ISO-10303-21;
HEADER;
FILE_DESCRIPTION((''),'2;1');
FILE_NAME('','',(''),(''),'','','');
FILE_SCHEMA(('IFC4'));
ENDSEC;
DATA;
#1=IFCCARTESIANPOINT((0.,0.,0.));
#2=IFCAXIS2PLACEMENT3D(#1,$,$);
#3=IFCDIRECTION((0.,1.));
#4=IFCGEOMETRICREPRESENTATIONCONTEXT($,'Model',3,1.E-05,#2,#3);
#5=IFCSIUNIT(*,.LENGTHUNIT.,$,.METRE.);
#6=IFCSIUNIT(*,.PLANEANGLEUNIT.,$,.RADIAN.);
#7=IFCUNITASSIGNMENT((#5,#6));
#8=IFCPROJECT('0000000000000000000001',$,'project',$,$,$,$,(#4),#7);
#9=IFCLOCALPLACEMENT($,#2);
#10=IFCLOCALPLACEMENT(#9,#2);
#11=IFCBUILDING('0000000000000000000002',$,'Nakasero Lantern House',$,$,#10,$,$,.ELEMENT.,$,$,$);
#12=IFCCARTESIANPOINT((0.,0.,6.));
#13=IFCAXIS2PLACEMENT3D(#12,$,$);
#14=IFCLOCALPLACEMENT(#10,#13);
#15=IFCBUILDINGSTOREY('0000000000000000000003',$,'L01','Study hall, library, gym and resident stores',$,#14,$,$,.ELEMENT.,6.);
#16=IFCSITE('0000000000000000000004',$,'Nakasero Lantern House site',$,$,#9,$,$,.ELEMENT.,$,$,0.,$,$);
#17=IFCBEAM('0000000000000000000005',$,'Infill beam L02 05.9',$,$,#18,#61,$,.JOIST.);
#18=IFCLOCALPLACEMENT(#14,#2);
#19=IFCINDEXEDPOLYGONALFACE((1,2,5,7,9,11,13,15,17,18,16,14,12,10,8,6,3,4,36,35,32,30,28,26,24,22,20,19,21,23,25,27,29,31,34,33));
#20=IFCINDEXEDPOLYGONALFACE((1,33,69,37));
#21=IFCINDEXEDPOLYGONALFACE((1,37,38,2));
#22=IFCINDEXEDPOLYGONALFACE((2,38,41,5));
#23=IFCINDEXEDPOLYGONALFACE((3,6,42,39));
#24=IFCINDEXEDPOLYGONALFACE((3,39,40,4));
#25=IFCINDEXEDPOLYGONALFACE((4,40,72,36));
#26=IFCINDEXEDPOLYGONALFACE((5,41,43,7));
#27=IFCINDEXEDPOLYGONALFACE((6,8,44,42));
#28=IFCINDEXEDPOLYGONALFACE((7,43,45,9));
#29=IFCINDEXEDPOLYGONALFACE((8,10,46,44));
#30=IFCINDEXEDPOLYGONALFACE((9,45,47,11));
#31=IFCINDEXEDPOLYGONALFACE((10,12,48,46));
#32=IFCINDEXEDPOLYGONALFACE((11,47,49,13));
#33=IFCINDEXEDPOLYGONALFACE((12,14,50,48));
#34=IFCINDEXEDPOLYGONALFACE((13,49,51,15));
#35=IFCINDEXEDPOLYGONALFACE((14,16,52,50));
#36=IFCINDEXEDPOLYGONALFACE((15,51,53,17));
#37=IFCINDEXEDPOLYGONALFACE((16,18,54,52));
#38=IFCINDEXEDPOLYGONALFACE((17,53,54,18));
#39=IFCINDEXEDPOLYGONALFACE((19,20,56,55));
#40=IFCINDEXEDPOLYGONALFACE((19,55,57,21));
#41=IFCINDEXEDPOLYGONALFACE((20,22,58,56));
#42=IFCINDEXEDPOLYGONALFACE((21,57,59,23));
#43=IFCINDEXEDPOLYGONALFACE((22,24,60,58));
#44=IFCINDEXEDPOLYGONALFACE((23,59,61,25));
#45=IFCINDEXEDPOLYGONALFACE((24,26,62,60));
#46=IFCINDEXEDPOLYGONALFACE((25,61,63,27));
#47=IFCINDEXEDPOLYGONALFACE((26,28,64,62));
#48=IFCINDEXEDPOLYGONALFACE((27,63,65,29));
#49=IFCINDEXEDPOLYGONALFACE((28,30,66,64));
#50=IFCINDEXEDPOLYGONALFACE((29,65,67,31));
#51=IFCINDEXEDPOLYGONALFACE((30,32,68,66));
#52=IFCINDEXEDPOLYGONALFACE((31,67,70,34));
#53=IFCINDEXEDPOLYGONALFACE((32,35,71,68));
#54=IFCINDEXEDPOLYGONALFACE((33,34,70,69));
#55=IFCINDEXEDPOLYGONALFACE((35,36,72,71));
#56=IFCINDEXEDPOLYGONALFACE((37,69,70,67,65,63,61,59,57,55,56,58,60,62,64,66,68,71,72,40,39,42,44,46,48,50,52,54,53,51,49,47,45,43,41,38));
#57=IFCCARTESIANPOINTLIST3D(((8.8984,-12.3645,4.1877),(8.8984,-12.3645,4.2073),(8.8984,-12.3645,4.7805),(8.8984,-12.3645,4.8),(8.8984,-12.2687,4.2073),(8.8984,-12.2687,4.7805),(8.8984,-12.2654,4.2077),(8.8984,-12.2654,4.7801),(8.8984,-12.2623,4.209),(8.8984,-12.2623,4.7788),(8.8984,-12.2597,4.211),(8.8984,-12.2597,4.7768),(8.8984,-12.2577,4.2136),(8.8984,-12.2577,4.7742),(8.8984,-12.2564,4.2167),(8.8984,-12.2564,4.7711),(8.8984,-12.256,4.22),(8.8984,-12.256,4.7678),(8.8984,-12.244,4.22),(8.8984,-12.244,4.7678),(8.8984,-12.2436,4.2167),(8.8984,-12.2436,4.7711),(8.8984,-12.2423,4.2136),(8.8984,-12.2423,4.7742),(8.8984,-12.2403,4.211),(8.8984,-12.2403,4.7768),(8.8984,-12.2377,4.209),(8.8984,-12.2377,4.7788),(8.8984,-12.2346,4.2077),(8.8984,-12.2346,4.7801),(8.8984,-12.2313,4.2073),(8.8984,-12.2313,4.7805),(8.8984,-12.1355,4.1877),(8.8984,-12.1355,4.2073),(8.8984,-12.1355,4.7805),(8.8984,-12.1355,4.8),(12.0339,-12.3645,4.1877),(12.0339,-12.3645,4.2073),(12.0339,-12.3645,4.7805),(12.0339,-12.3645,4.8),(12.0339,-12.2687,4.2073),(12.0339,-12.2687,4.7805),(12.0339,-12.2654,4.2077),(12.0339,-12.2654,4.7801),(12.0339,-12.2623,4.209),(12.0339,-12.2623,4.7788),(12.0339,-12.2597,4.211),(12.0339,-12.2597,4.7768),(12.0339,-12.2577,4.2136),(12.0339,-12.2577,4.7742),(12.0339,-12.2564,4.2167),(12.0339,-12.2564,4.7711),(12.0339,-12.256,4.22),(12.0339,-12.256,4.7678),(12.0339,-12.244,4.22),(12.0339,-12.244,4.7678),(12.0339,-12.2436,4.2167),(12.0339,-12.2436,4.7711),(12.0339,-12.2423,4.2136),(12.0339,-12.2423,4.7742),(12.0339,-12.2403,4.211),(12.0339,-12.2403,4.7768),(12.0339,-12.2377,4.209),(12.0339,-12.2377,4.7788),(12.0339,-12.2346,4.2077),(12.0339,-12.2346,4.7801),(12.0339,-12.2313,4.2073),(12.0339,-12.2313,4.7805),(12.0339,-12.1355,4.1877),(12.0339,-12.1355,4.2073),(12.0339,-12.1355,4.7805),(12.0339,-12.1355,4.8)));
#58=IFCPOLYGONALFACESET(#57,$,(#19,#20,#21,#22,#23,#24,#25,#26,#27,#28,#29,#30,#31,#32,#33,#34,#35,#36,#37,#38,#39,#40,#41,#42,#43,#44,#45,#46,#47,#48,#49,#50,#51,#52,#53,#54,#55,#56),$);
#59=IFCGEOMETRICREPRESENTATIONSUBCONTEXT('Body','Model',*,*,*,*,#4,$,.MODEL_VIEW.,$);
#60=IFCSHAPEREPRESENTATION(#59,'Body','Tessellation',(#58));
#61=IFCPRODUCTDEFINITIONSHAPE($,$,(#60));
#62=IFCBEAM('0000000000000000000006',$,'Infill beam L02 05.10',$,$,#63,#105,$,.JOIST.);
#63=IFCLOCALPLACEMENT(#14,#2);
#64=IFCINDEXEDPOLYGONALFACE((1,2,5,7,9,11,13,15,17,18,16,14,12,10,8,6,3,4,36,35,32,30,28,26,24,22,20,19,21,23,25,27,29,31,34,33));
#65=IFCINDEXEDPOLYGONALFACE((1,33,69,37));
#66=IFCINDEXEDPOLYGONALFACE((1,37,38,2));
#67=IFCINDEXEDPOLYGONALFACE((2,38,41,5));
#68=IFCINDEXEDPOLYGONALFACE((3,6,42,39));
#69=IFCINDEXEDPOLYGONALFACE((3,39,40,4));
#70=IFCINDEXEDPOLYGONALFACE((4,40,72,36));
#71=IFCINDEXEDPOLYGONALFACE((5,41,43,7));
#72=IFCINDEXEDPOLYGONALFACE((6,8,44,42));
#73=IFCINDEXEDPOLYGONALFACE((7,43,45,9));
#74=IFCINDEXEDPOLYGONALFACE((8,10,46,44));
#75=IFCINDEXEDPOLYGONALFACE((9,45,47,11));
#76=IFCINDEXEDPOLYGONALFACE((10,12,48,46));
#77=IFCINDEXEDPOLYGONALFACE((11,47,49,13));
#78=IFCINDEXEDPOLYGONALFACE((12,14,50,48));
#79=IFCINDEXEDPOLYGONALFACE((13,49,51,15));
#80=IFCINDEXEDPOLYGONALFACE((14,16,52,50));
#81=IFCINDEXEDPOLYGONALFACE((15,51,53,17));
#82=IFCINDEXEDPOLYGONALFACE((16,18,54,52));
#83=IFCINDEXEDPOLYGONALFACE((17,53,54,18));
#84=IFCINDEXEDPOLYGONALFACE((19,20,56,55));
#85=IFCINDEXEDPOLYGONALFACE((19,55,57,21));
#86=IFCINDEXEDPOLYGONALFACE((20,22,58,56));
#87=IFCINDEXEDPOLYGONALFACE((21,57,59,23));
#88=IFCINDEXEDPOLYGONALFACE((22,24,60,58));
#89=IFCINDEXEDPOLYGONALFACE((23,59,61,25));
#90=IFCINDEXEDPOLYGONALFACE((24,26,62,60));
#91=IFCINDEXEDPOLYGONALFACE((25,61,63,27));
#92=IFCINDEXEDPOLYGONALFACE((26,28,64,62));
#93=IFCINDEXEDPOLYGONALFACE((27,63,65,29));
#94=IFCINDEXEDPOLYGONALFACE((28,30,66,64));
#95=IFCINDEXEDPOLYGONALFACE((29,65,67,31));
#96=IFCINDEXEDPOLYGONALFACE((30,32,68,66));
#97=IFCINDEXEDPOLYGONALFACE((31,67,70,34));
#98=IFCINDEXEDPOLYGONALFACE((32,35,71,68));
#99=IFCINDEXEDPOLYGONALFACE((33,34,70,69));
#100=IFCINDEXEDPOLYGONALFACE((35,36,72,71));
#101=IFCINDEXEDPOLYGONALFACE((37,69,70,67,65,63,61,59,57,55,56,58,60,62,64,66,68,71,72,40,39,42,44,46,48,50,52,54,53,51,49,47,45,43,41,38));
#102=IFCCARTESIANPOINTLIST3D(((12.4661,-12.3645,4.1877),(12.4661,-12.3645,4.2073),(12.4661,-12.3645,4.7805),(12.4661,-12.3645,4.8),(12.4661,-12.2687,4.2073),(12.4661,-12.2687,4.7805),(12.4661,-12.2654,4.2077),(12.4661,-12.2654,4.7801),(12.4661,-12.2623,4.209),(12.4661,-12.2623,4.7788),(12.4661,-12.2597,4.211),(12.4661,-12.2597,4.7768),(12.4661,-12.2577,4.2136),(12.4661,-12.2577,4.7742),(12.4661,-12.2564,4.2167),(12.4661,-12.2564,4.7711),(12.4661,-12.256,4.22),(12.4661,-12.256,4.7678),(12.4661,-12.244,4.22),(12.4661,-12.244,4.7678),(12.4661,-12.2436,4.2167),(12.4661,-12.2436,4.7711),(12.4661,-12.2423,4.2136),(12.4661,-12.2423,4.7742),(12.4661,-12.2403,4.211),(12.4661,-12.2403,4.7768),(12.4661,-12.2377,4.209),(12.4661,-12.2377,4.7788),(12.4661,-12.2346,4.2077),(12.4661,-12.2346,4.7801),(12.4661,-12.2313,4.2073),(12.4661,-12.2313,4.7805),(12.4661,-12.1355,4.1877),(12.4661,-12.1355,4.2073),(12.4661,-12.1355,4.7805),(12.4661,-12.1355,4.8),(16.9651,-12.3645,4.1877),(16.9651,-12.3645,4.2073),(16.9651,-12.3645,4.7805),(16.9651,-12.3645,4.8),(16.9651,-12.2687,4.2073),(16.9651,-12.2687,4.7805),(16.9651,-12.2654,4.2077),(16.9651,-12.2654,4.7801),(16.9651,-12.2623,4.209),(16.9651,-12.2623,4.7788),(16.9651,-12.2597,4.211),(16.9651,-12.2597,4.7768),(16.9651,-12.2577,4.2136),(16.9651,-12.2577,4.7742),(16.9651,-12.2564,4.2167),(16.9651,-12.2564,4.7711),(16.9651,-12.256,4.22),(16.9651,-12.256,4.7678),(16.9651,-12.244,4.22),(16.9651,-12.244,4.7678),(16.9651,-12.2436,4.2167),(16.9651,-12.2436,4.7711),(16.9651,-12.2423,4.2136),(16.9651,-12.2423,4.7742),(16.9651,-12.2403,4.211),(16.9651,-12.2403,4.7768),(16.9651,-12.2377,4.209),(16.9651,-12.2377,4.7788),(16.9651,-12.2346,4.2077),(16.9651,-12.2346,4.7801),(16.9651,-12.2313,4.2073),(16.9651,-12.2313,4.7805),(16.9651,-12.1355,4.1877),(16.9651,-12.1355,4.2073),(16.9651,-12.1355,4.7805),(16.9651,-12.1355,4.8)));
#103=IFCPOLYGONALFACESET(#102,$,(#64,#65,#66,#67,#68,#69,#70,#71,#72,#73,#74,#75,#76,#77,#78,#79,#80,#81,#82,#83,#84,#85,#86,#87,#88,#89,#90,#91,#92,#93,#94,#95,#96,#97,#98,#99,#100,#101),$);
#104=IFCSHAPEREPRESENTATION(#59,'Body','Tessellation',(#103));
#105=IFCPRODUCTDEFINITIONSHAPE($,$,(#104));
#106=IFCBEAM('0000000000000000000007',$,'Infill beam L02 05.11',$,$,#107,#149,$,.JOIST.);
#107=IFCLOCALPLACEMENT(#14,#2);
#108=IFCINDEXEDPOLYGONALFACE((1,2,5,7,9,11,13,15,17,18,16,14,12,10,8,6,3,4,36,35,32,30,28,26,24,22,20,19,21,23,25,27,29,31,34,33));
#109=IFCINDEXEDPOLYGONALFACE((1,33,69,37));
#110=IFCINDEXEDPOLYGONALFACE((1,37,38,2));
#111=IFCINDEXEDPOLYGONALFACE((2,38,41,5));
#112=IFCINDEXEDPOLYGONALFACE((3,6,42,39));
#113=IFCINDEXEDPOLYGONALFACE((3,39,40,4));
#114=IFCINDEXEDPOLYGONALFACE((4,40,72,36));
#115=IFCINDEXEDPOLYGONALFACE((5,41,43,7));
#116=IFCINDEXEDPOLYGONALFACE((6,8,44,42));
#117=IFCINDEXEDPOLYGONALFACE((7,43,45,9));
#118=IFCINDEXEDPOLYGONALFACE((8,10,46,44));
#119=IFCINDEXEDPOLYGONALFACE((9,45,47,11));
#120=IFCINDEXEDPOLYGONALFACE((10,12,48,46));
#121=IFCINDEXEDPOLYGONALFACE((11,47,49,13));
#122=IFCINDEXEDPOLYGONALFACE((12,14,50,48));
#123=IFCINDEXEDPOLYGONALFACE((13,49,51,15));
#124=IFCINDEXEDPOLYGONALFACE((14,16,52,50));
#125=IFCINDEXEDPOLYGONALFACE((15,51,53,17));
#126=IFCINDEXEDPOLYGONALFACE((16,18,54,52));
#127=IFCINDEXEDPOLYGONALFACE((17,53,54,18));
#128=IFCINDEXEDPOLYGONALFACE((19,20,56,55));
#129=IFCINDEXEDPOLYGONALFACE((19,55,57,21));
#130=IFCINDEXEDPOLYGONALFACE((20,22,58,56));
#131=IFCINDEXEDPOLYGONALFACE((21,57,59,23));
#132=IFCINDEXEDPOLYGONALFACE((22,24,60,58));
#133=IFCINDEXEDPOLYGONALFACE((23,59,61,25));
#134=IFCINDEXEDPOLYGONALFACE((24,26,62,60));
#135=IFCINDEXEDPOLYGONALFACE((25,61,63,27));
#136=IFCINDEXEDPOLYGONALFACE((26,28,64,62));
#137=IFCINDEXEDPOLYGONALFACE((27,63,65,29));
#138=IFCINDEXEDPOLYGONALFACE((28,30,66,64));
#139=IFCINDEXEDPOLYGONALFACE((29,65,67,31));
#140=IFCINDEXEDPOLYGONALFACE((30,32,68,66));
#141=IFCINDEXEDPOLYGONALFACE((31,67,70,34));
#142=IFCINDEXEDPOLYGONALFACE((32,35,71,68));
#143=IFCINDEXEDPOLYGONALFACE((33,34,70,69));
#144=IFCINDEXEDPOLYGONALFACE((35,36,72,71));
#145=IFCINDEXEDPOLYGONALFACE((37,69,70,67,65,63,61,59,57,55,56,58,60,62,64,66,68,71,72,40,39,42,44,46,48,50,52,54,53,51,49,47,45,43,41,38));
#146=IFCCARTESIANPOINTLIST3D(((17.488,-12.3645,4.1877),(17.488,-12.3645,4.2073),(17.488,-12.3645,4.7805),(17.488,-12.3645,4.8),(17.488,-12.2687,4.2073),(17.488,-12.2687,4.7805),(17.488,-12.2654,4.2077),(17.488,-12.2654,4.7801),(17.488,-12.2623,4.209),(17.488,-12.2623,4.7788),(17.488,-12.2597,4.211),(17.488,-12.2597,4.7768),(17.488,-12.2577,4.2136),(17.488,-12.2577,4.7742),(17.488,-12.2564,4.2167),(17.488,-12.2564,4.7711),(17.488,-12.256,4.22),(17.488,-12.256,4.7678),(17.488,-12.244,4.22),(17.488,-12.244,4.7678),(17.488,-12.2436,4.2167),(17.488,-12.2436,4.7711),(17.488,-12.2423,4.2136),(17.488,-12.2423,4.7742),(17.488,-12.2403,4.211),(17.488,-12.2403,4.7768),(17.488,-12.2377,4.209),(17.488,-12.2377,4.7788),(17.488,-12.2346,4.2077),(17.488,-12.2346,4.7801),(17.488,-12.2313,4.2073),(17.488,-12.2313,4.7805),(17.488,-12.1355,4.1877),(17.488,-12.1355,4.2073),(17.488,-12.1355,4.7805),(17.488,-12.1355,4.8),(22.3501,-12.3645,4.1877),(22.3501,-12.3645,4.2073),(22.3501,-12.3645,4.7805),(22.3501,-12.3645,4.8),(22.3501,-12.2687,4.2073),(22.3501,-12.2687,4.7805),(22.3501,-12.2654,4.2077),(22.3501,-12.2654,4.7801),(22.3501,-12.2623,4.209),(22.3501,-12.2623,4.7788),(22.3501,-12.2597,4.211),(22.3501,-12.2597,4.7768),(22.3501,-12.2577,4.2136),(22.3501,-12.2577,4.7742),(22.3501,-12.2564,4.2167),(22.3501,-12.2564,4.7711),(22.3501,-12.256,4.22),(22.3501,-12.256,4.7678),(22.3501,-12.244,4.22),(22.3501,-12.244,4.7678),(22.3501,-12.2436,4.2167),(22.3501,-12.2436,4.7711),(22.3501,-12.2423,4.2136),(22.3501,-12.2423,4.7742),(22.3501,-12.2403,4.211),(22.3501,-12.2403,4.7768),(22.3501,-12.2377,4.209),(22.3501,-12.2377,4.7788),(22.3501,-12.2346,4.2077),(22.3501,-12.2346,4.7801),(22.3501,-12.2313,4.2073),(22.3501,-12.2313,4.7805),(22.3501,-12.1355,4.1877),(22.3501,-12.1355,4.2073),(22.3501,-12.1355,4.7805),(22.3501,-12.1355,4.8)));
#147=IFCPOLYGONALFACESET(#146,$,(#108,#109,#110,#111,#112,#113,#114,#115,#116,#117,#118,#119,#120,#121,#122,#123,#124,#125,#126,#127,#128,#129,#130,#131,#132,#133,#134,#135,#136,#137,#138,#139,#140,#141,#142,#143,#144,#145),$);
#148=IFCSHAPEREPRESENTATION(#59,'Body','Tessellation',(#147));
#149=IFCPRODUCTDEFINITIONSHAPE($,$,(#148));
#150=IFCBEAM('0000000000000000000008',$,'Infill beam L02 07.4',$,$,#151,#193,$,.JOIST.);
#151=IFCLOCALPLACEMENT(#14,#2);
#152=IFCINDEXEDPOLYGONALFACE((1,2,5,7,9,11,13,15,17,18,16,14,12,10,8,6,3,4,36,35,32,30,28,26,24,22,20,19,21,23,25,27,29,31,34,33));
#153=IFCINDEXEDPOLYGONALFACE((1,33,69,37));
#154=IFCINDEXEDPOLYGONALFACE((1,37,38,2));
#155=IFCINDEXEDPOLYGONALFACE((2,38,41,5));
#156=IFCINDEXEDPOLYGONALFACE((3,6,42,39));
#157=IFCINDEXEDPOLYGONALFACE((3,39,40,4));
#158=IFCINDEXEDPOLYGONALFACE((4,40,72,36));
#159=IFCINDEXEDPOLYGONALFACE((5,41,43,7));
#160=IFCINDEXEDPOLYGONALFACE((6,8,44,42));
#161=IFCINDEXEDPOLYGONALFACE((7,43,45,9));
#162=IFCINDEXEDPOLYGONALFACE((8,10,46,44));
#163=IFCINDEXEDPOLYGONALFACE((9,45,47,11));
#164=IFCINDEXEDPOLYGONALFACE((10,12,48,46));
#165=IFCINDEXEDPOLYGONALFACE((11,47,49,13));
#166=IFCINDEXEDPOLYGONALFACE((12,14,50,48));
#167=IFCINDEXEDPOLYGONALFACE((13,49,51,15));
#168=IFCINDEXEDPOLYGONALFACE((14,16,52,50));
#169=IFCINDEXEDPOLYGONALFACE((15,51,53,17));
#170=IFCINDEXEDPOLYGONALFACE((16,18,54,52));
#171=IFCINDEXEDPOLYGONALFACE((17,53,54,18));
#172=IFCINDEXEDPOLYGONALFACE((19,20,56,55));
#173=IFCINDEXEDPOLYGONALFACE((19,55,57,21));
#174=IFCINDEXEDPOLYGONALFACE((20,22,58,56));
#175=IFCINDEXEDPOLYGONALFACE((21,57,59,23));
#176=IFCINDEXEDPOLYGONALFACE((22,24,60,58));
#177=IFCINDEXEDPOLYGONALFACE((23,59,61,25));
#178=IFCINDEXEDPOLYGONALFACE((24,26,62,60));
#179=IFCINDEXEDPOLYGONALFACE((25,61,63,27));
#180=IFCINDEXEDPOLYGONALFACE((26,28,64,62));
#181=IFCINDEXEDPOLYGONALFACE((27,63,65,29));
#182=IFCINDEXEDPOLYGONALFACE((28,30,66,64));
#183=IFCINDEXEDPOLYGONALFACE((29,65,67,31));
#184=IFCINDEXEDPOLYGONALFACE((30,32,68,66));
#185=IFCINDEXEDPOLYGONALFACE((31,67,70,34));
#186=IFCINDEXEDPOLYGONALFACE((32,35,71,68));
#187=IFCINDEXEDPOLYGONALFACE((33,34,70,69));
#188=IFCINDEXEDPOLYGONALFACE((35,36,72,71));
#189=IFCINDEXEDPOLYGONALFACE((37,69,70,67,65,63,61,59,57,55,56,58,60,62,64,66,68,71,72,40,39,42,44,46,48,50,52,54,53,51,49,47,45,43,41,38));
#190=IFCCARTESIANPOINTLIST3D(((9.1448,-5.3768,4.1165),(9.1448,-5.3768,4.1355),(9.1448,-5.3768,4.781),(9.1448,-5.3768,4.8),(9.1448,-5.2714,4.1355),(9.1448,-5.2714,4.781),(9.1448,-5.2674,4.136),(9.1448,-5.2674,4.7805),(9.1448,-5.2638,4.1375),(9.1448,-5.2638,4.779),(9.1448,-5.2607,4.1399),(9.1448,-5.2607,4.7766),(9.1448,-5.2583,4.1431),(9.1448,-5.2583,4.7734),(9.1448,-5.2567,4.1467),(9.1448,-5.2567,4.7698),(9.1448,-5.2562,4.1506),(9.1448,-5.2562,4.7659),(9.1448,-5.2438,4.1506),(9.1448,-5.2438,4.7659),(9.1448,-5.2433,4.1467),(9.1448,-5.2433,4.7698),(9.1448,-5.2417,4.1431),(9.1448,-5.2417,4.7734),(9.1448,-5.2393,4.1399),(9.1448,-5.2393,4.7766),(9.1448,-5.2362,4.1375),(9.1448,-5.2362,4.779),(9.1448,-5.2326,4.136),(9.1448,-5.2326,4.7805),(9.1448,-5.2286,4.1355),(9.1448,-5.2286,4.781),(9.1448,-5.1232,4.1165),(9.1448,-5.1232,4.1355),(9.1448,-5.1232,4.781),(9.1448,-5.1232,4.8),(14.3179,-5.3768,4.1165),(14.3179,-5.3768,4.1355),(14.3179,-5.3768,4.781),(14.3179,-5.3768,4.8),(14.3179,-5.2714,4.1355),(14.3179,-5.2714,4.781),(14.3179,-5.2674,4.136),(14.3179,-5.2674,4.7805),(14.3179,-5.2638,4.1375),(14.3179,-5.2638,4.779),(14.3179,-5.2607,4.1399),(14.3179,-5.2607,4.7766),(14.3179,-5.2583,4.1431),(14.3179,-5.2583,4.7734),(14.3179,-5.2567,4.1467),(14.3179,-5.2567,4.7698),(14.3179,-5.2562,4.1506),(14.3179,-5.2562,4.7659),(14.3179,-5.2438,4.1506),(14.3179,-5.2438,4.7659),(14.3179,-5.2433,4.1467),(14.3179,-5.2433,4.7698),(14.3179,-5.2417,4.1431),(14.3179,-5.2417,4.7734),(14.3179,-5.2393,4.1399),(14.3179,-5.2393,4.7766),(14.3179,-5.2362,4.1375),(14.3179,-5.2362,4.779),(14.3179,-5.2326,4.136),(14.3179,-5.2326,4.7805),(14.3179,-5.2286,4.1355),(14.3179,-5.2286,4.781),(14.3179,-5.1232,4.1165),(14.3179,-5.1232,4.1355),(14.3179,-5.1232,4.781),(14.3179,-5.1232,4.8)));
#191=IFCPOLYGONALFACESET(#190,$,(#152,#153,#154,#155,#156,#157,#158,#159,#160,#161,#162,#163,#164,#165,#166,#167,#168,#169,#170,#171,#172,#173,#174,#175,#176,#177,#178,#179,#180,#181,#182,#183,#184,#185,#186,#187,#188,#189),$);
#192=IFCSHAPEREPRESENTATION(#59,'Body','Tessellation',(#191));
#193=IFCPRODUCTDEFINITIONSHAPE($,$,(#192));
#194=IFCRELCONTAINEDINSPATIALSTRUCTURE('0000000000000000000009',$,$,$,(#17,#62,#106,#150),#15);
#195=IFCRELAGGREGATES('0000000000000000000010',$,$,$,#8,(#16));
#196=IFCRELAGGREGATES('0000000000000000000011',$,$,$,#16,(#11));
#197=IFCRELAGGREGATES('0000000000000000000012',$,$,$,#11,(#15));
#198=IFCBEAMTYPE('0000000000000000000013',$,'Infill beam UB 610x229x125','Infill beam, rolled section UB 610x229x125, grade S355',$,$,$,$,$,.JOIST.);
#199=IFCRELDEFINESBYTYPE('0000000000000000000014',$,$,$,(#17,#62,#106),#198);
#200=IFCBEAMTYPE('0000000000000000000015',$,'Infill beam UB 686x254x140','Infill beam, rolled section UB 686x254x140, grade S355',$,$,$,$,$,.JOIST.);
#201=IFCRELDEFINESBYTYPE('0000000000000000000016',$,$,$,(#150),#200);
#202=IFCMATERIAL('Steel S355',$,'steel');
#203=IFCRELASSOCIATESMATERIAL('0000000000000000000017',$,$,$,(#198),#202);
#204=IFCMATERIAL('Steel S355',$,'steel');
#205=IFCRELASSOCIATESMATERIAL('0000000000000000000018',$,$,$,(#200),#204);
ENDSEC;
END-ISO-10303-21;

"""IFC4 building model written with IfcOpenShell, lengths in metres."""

from ifc_helpers import new_model, si_unit, direction, frame, origin, origin_2d, place, context, subcontext, project, spatial, i_section, extrude, material, material_profile, profile_set, type_object, element, save


model = new_model("IFC4")

# Units and contexts
model_context = context("Model", 3, precision=1e-05, world=origin(), true_north=direction((0.0, 1.0)))
body_context = subcontext(model_context, "Body", "Model", "MODEL_VIEW")
ifc_project = project(units=[si_unit("LENGTHUNIT", "METRE"), si_unit("PLANEANGLEUNIT", "RADIAN")], contexts=[model_context])

# Site, building, storey
site_placement = place(None, origin())
site = spatial("IfcSite", under=ifc_project, at=site_placement, Name="Nakasero Lantern House site", CompositionType="ELEMENT", RefElevation=0.0)
building_placement = place(site_placement, origin())
building = spatial("IfcBuilding", under=site, at=building_placement, Name="Nakasero Lantern House", CompositionType="ELEMENT")
storey_placement = place(building_placement, frame((0.0, 0.0, 6.0)))
storey = spatial("IfcBuildingStorey", under=building, at=storey_placement, Name="L01", Description="Study hall, library, gym and resident stores", CompositionType="ELEMENT", Elevation=6.0)

# Beams
ifc_material_1 = material(Name="Steel S355", Category="steel")
ifc_material_profile_1 = material_profile(ifc_material_1, i_section(OverallWidth=0.229, OverallDepth=0.6123, WebThickness=0.012, FlangeThickness=0.0195, FilletRadius=0.0127, at=origin_2d()), Name="UB 610x229x125")
ifc_profile_set_1 = profile_set([ifc_material_profile_1], Name="Steel S355")
beam_type_1 = type_object("IfcBeamType", Name="Infill beam UB 610x229x125", Description="Infill beam, rolled section UB 610x229x125, grade S355", PredefinedType="JOIST", material=ifc_profile_set_1)
beam_1_placement = place(storey_placement, frame((8.8984, -12.25, 4.4939), z_axis=(1.0, 0.0, 0.0), x_axis=(0.0, 1.0, 0.0)))
element("IfcBeam", 1, at=beam_1_placement, inside=storey, type_object=beam_type_1, Name="Infill beam L02 05.9", PredefinedType="JOIST", context=body_context, shape_type="SweptSolid", body=[
    extrude(i_section(OverallWidth=0.229, OverallDepth=0.6123, WebThickness=0.012, FlangeThickness=0.0195, FilletRadius=0.0127, at=origin_2d()), origin(), (0.0, 0.0, 1.0), 3.1355),
])
beam_2_placement = place(storey_placement, frame((12.4661, -12.25, 4.4939), z_axis=(1.0, 0.0, 0.0), x_axis=(0.0, 1.0, 0.0)))
element("IfcBeam", 2, at=beam_2_placement, inside=storey, type_object=beam_type_1, Name="Infill beam L02 05.10", PredefinedType="JOIST", context=body_context, shape_type="SweptSolid", body=[
    extrude(i_section(OverallWidth=0.229, OverallDepth=0.6123, WebThickness=0.012, FlangeThickness=0.0195, FilletRadius=0.0127, at=origin_2d()), origin(), (0.0, 0.0, 1.0), 4.499),
])
beam_3_placement = place(storey_placement, frame((17.488, -12.25, 4.4939), z_axis=(1.0, 0.0, 0.0), x_axis=(0.0, 1.0, 0.0)))
element("IfcBeam", 3, at=beam_3_placement, inside=storey, type_object=beam_type_1, Name="Infill beam L02 05.11", PredefinedType="JOIST", context=body_context, shape_type="SweptSolid", body=[
    extrude(i_section(OverallWidth=0.229, OverallDepth=0.6123, WebThickness=0.012, FlangeThickness=0.0195, FilletRadius=0.0127, at=origin_2d()), origin(), (0.0, 0.0, 1.0), 4.8621),
])
ifc_material_2 = material(Name="Steel S355", Category="steel")
ifc_material_profile_2 = material_profile(ifc_material_2, i_section(OverallWidth=0.2537, OverallDepth=0.6836, WebThickness=0.0125, FlangeThickness=0.019, FilletRadius=0.0151, at=origin_2d()), Name="UB 686x254x140")
ifc_profile_set_2 = profile_set([ifc_material_profile_2], Name="Steel S355")
beam_type_2 = type_object("IfcBeamType", Name="Infill beam UB 686x254x140", Description="Infill beam, rolled section UB 686x254x140, grade S355", PredefinedType="JOIST", material=ifc_profile_set_2)
beam_4_placement = place(storey_placement, frame((9.1448, -5.25, 4.4583), z_axis=(1.0, 0.0, 0.0), x_axis=(0.0, 1.0, 0.0)))
element("IfcBeam", 4, at=beam_4_placement, inside=storey, type_object=beam_type_2, Name="Infill beam L02 07.4", PredefinedType="JOIST", context=body_context, shape_type="SweptSolid", body=[
    extrude(i_section(OverallWidth=0.2537, OverallDepth=0.6836, WebThickness=0.0125, FlangeThickness=0.019, FilletRadius=0.0151, at=origin_2d()), origin(), (0.0, 0.0, 1.0), 5.1731),
])

save(model, "model.ifc")
